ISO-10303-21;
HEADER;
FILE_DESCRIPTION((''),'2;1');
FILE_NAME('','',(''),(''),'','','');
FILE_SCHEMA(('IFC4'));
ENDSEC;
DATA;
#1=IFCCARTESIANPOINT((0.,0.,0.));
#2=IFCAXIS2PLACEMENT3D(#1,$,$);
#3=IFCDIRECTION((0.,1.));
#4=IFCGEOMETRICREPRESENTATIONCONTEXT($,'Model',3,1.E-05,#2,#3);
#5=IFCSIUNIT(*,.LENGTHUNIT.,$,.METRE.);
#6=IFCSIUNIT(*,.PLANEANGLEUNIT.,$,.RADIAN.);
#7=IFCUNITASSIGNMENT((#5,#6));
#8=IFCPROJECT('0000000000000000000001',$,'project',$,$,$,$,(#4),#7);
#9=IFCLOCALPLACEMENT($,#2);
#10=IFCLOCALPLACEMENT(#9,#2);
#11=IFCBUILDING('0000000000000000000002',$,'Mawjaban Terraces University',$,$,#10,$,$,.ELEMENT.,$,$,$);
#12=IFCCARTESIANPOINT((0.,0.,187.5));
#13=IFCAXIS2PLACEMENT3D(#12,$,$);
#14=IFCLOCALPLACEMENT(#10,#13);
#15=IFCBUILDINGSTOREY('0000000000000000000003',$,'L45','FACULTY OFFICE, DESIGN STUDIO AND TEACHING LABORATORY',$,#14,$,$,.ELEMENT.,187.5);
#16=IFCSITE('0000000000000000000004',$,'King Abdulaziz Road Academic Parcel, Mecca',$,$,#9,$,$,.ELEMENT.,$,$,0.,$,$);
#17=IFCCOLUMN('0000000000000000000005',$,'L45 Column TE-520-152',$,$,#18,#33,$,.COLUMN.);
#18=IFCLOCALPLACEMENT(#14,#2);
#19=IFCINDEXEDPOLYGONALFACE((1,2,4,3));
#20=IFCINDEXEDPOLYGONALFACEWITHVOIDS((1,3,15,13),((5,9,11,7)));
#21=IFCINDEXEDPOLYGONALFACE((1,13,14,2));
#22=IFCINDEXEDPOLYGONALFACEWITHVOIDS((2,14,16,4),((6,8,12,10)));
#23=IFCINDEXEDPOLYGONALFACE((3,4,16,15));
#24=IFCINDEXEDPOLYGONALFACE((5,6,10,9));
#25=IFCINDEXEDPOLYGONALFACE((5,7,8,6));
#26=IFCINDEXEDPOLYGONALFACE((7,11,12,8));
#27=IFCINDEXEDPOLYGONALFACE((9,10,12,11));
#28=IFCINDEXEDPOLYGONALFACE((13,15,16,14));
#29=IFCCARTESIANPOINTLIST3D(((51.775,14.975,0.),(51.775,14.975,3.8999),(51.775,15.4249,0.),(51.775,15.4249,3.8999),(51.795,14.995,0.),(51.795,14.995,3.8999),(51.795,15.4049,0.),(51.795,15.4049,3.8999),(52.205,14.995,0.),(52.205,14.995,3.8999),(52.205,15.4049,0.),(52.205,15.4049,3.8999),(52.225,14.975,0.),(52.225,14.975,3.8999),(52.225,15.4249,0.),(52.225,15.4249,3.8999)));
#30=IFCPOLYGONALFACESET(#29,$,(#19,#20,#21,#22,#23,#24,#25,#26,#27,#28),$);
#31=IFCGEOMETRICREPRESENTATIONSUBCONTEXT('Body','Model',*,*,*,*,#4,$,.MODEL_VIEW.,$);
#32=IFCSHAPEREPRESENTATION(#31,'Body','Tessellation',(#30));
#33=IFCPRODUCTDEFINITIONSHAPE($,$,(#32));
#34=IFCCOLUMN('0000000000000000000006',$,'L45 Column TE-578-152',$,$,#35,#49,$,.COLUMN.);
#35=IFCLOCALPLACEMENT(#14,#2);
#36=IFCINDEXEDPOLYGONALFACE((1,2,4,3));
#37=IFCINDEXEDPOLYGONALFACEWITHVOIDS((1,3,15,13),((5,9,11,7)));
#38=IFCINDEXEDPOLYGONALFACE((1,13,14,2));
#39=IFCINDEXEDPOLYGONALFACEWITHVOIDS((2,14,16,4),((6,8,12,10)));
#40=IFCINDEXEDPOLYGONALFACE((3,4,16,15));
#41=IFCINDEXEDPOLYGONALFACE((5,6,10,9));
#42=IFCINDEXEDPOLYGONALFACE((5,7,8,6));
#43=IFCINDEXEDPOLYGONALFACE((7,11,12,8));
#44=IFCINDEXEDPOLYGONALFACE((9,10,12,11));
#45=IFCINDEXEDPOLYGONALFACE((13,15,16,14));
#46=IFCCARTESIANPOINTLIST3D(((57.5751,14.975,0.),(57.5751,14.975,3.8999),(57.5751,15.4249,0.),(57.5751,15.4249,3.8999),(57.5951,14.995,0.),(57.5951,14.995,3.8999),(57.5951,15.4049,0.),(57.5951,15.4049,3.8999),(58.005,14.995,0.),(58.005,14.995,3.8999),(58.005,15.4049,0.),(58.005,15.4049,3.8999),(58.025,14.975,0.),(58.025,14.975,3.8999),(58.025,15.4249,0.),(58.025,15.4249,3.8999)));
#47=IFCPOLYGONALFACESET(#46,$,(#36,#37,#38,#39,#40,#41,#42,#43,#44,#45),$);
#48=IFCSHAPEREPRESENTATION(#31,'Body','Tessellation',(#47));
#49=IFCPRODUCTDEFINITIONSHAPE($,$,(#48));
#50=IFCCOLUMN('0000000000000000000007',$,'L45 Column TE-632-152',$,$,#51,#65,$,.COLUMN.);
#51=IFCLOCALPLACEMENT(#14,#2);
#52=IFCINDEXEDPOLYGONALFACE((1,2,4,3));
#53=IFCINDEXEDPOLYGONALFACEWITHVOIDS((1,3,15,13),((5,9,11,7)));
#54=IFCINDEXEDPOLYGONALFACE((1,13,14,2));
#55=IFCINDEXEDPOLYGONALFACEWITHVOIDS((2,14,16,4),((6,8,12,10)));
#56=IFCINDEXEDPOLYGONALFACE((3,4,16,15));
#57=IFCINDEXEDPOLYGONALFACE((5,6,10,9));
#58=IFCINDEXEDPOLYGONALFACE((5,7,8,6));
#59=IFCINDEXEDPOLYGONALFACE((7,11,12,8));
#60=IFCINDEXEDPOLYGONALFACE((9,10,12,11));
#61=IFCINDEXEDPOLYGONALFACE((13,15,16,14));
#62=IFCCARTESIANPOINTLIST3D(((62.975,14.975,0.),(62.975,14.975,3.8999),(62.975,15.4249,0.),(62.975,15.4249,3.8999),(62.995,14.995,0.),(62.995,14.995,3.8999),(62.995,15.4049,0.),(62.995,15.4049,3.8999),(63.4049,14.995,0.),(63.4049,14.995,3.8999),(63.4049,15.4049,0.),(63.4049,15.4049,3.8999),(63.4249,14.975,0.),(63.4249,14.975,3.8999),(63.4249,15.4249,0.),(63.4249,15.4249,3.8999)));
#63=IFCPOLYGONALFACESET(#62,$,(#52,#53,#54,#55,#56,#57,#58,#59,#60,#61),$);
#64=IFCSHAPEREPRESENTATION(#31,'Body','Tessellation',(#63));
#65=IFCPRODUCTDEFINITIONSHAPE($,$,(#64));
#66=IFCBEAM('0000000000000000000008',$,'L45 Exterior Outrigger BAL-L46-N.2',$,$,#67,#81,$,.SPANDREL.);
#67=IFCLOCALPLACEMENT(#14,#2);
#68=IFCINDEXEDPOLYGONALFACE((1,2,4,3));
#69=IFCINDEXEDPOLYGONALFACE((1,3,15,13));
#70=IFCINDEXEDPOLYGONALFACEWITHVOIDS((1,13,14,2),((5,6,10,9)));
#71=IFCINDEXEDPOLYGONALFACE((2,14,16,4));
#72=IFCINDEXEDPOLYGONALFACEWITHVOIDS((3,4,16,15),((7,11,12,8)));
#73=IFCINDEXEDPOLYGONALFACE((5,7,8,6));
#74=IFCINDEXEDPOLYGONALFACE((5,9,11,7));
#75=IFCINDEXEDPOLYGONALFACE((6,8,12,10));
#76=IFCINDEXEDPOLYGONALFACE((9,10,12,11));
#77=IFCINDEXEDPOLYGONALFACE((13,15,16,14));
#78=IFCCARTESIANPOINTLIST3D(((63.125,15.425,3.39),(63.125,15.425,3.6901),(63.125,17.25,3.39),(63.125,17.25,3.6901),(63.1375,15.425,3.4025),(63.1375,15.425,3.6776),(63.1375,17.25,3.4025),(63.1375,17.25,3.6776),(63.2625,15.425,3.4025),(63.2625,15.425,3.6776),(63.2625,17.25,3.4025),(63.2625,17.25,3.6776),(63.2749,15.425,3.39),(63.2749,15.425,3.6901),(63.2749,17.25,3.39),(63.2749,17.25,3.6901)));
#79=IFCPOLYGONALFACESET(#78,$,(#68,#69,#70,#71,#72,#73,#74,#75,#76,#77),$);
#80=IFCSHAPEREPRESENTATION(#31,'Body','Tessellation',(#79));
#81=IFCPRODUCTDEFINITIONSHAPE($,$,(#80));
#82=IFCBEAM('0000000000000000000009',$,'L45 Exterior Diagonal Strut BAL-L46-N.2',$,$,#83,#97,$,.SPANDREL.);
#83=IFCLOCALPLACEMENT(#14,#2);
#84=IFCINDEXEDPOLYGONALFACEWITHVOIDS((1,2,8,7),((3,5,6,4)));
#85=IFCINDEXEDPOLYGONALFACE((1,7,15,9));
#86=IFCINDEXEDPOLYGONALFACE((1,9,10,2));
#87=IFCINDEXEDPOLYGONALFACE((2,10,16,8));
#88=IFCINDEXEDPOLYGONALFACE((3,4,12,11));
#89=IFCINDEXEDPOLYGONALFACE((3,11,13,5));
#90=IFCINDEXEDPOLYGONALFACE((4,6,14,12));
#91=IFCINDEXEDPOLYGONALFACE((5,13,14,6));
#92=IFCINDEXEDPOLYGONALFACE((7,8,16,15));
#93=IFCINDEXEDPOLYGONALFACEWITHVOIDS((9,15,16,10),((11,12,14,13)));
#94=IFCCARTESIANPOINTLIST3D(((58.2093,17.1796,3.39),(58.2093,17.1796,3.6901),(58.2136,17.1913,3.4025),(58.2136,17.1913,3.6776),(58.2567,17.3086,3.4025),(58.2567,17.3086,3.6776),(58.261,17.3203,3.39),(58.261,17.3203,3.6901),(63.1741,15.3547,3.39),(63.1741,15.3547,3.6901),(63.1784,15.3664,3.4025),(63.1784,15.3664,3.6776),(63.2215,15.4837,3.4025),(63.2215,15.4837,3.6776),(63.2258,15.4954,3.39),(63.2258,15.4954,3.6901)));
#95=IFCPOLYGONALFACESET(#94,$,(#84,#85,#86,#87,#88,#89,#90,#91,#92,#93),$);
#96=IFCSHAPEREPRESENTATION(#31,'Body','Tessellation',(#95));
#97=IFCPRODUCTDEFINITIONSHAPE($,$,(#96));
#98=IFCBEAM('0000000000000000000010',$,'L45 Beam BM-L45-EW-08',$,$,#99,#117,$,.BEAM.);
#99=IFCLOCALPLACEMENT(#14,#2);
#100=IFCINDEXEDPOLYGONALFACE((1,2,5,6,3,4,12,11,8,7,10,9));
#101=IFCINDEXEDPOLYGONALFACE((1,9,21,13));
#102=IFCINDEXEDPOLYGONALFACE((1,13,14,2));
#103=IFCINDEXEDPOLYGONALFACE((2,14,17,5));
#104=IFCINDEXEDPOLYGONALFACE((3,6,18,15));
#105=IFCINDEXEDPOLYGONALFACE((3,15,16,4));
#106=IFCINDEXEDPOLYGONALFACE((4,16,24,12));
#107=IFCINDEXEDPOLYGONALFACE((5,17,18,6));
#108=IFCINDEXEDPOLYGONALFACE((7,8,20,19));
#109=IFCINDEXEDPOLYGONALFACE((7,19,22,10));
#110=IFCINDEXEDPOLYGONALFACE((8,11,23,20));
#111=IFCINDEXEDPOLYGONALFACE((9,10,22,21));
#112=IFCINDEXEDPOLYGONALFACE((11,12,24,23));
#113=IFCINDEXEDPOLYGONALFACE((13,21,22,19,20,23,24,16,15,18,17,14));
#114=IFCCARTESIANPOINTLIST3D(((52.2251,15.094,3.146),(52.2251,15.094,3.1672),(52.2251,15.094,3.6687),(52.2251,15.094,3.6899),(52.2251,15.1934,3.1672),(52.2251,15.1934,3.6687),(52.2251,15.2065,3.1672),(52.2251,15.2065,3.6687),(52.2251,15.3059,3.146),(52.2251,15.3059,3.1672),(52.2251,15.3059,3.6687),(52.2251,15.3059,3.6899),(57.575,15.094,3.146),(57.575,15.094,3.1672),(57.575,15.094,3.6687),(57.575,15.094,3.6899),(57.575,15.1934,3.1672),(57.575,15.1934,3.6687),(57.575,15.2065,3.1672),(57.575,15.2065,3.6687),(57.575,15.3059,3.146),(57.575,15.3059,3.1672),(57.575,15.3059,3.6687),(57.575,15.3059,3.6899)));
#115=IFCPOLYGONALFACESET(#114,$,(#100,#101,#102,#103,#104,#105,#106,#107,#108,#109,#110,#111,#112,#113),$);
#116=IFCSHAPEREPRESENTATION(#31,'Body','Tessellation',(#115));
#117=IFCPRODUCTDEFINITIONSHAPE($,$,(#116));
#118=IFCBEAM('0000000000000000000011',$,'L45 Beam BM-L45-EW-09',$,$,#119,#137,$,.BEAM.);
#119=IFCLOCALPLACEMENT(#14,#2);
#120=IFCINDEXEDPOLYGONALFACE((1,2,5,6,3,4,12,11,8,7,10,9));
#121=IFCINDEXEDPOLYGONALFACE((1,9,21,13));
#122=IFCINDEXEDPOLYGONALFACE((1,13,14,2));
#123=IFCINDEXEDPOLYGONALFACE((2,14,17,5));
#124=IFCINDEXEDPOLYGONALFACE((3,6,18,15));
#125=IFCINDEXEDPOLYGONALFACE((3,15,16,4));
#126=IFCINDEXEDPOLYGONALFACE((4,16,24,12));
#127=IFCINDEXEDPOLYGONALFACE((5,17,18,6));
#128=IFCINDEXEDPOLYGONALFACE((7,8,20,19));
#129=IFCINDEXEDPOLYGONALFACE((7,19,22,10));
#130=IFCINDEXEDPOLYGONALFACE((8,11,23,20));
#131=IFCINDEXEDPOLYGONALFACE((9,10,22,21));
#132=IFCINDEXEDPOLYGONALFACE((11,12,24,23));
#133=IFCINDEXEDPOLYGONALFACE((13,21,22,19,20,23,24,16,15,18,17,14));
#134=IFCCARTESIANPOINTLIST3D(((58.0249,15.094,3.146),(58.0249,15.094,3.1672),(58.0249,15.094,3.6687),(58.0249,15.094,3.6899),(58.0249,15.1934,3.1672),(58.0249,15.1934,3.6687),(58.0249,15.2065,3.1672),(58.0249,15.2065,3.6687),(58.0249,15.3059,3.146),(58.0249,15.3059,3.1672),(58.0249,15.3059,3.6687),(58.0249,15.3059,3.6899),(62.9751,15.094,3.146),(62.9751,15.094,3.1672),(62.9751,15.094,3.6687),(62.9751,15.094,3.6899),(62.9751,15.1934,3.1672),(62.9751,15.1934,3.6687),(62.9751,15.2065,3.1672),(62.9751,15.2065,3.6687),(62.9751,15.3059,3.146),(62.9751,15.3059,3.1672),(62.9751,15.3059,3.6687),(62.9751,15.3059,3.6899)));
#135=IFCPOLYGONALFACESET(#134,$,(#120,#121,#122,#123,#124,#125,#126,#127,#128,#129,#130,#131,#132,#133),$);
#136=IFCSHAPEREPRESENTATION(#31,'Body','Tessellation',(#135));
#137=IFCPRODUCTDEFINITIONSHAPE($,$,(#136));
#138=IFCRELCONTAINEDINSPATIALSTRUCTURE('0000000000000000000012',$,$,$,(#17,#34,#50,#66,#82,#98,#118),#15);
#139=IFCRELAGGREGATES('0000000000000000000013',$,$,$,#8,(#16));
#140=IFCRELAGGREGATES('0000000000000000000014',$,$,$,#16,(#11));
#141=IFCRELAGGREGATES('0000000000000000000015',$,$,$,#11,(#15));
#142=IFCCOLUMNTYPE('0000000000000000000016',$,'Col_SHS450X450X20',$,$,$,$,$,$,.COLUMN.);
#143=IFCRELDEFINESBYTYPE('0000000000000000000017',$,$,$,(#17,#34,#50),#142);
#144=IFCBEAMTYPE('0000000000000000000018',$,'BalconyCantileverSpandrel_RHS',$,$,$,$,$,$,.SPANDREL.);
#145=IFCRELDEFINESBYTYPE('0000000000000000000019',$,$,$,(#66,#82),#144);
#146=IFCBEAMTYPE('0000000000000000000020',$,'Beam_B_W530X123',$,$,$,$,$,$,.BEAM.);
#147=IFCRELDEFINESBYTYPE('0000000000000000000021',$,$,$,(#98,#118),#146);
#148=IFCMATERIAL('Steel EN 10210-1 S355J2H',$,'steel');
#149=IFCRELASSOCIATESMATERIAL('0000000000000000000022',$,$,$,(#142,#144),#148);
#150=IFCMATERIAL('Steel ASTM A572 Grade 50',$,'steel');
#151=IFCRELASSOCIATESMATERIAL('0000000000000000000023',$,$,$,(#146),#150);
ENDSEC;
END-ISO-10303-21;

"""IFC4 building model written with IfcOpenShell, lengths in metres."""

from ifc_helpers import new_model, si_unit, direction, frame, origin, origin_2d, place, context, subcontext, project, spatial, hollow_rectangle, i_section, extrude, material, material_profile, profile_set, type_object, element, save


model = new_model("IFC4")

# Units and contexts
model_context = context("Model", 3, precision=1e-05, world=origin(), true_north=direction((0.0, 1.0)))
body_context = subcontext(model_context, "Body", "Model", "MODEL_VIEW")
ifc_project = project(units=[si_unit("LENGTHUNIT", "METRE"), si_unit("PLANEANGLEUNIT", "RADIAN")], contexts=[model_context])

# Site, building, storey
site_placement = place(None, origin())
site = spatial("IfcSite", under=ifc_project, at=site_placement, Name="King Abdulaziz Road Academic Parcel, Mecca", CompositionType="ELEMENT", RefElevation=0.0)
building_placement = place(site_placement, origin())
building = spatial("IfcBuilding", under=site, at=building_placement, Name="Mawjaban Terraces University", CompositionType="ELEMENT")
storey_placement = place(building_placement, frame((0.0, 0.0, 187.5)))
storey = spatial("IfcBuildingStorey", under=building, at=storey_placement, Name="L45", Description="FACULTY OFFICE, DESIGN STUDIO AND TEACHING LABORATORY", CompositionType="ELEMENT", Elevation=187.5)

# Columns
ifc_material_1 = material(Name="Steel EN 10210-1 S355J2H", Category="steel")
ifc_material_profile_1 = material_profile(ifc_material_1, hollow_rectangle(XDim=0.45, YDim=0.45, WallThickness=0.02, at=origin_2d()), Name="SHS450X450X20")
ifc_profile_set_1 = profile_set([ifc_material_profile_1], Name="Steel EN 10210-1 S355J2H")
column_type = type_object("IfcColumnType", Name="Col_SHS450X450X20", PredefinedType="COLUMN", material=ifc_profile_set_1)
for number, where, z_axis, x_axis, name in (
    (1, (52.0, 15.2, 0.0), (0.0, 0.0, 1.0), (1.0, 0.0, 0.0), "L45 Column TE-520-152"),
    (2, (57.8, 15.2, 0.0), (0.0, 0.0, 1.0), (1.0, 0.0, 0.0), "L45 Column TE-578-152"),
    (3, (63.2, 15.2, 0.0), (0.0, 0.0, 1.0), (1.0, 0.0, 0.0), "L45 Column TE-632-152"),
):
    element("IfcColumn", number, at=place(storey_placement, frame(where, z_axis=z_axis, x_axis=x_axis)), inside=storey, type_object=column_type, Name=name, PredefinedType="COLUMN", context=body_context, shape_type="SweptSolid", body=[
        extrude(hollow_rectangle(XDim=0.45, YDim=0.45, WallThickness=0.02, at=origin_2d()), origin(), (0.0, 0.0, 1.0), 3.8999),
    ])

# Beams
ifc_material_profile_2 = material_profile(ifc_material_1, hollow_rectangle(XDim=0.1499, YDim=0.3, WallThickness=0.0125, at=origin_2d()), Name="RHS300X150X12.5")
ifc_profile_set_2 = profile_set([ifc_material_profile_2], Name="Steel EN 10210-1 S355J2H")
beam_type_1 = type_object("IfcBeamType", Name="BalconyCantileverSpandrel_RHS", PredefinedType="SPANDREL", material=ifc_profile_set_2)
beam_1_placement = place(storey_placement, frame((63.2, 15.425, 3.54), z_axis=(0.0, 1.0, 0.0), x_axis=(-1.0, 0.0, 0.0)))
element("IfcBeam", 4, at=beam_1_placement, inside=storey, type_object=beam_type_1, Name="L45 Exterior Outrigger BAL-L46-N.2", PredefinedType="SPANDREL", context=body_context, shape_type="SweptSolid", body=[
    extrude(hollow_rectangle(XDim=0.1499, YDim=0.3, WallThickness=0.0125, at=origin_2d()), origin(), (0.0, 0.0, 1.0), 1.825),
])
beam_2_placement = place(storey_placement, frame((63.2, 15.425, 3.54), z_axis=(-0.938601, 0.345006, 0.0), x_axis=(-0.345006, -0.938601, 0.0)))
element("IfcBeam", 5, at=beam_2_placement, inside=storey, type_object=beam_type_1, Name="L45 Exterior Diagonal Strut BAL-L46-N.2", PredefinedType="SPANDREL", context=body_context, shape_type="SweptSolid", body=[
    extrude(hollow_rectangle(XDim=0.1499, YDim=0.3, WallThickness=0.0125, at=origin_2d()), origin(), (0.0, 0.0, 1.0), 5.2896),
])
ifc_material_2 = material(Name="Steel ASTM A572 Grade 50", Category="steel")
ifc_material_profile_3 = material_profile(ifc_material_2, i_section(OverallWidth=0.2119, OverallDepth=0.5439, WebThickness=0.0132, FlangeThickness=0.0212, at=origin_2d()), Name="W530X123")
ifc_profile_set_3 = profile_set([ifc_material_profile_3], Name="Steel ASTM A572 Grade 50")
beam_type_2 = type_object("IfcBeamType", Name="Beam_B_W530X123", PredefinedType="BEAM", material=ifc_profile_set_3)
beam_3_placement = place(storey_placement, frame((52.2251, 15.2, 3.418), z_axis=(1.0, 0.0, 0.0), x_axis=(0.0, 1.0, 0.0)))
element("IfcBeam", 6, at=beam_3_placement, inside=storey, type_object=beam_type_2, Name="L45 Beam BM-L45-EW-08", PredefinedType="BEAM", context=body_context, shape_type="SweptSolid", body=[
    extrude(i_section(OverallWidth=0.2119, OverallDepth=0.5439, WebThickness=0.0132, FlangeThickness=0.0212, at=origin_2d()), origin(), (0.0, 0.0, 1.0), 5.3499),
])
beam_4_placement = place(storey_placement, frame((58.0249, 15.2, 3.418), z_axis=(1.0, 0.0, 0.0), x_axis=(0.0, 1.0, 0.0)))
element("IfcBeam", 7, at=beam_4_placement, inside=storey, type_object=beam_type_2, Name="L45 Beam BM-L45-EW-09", PredefinedType="BEAM", context=body_context, shape_type="SweptSolid", body=[
    extrude(i_section(OverallWidth=0.2119, OverallDepth=0.5439, WebThickness=0.0132, FlangeThickness=0.0212, at=origin_2d()), origin(), (0.0, 0.0, 1.0), 4.9502),
])

save(model, "model.ifc")
